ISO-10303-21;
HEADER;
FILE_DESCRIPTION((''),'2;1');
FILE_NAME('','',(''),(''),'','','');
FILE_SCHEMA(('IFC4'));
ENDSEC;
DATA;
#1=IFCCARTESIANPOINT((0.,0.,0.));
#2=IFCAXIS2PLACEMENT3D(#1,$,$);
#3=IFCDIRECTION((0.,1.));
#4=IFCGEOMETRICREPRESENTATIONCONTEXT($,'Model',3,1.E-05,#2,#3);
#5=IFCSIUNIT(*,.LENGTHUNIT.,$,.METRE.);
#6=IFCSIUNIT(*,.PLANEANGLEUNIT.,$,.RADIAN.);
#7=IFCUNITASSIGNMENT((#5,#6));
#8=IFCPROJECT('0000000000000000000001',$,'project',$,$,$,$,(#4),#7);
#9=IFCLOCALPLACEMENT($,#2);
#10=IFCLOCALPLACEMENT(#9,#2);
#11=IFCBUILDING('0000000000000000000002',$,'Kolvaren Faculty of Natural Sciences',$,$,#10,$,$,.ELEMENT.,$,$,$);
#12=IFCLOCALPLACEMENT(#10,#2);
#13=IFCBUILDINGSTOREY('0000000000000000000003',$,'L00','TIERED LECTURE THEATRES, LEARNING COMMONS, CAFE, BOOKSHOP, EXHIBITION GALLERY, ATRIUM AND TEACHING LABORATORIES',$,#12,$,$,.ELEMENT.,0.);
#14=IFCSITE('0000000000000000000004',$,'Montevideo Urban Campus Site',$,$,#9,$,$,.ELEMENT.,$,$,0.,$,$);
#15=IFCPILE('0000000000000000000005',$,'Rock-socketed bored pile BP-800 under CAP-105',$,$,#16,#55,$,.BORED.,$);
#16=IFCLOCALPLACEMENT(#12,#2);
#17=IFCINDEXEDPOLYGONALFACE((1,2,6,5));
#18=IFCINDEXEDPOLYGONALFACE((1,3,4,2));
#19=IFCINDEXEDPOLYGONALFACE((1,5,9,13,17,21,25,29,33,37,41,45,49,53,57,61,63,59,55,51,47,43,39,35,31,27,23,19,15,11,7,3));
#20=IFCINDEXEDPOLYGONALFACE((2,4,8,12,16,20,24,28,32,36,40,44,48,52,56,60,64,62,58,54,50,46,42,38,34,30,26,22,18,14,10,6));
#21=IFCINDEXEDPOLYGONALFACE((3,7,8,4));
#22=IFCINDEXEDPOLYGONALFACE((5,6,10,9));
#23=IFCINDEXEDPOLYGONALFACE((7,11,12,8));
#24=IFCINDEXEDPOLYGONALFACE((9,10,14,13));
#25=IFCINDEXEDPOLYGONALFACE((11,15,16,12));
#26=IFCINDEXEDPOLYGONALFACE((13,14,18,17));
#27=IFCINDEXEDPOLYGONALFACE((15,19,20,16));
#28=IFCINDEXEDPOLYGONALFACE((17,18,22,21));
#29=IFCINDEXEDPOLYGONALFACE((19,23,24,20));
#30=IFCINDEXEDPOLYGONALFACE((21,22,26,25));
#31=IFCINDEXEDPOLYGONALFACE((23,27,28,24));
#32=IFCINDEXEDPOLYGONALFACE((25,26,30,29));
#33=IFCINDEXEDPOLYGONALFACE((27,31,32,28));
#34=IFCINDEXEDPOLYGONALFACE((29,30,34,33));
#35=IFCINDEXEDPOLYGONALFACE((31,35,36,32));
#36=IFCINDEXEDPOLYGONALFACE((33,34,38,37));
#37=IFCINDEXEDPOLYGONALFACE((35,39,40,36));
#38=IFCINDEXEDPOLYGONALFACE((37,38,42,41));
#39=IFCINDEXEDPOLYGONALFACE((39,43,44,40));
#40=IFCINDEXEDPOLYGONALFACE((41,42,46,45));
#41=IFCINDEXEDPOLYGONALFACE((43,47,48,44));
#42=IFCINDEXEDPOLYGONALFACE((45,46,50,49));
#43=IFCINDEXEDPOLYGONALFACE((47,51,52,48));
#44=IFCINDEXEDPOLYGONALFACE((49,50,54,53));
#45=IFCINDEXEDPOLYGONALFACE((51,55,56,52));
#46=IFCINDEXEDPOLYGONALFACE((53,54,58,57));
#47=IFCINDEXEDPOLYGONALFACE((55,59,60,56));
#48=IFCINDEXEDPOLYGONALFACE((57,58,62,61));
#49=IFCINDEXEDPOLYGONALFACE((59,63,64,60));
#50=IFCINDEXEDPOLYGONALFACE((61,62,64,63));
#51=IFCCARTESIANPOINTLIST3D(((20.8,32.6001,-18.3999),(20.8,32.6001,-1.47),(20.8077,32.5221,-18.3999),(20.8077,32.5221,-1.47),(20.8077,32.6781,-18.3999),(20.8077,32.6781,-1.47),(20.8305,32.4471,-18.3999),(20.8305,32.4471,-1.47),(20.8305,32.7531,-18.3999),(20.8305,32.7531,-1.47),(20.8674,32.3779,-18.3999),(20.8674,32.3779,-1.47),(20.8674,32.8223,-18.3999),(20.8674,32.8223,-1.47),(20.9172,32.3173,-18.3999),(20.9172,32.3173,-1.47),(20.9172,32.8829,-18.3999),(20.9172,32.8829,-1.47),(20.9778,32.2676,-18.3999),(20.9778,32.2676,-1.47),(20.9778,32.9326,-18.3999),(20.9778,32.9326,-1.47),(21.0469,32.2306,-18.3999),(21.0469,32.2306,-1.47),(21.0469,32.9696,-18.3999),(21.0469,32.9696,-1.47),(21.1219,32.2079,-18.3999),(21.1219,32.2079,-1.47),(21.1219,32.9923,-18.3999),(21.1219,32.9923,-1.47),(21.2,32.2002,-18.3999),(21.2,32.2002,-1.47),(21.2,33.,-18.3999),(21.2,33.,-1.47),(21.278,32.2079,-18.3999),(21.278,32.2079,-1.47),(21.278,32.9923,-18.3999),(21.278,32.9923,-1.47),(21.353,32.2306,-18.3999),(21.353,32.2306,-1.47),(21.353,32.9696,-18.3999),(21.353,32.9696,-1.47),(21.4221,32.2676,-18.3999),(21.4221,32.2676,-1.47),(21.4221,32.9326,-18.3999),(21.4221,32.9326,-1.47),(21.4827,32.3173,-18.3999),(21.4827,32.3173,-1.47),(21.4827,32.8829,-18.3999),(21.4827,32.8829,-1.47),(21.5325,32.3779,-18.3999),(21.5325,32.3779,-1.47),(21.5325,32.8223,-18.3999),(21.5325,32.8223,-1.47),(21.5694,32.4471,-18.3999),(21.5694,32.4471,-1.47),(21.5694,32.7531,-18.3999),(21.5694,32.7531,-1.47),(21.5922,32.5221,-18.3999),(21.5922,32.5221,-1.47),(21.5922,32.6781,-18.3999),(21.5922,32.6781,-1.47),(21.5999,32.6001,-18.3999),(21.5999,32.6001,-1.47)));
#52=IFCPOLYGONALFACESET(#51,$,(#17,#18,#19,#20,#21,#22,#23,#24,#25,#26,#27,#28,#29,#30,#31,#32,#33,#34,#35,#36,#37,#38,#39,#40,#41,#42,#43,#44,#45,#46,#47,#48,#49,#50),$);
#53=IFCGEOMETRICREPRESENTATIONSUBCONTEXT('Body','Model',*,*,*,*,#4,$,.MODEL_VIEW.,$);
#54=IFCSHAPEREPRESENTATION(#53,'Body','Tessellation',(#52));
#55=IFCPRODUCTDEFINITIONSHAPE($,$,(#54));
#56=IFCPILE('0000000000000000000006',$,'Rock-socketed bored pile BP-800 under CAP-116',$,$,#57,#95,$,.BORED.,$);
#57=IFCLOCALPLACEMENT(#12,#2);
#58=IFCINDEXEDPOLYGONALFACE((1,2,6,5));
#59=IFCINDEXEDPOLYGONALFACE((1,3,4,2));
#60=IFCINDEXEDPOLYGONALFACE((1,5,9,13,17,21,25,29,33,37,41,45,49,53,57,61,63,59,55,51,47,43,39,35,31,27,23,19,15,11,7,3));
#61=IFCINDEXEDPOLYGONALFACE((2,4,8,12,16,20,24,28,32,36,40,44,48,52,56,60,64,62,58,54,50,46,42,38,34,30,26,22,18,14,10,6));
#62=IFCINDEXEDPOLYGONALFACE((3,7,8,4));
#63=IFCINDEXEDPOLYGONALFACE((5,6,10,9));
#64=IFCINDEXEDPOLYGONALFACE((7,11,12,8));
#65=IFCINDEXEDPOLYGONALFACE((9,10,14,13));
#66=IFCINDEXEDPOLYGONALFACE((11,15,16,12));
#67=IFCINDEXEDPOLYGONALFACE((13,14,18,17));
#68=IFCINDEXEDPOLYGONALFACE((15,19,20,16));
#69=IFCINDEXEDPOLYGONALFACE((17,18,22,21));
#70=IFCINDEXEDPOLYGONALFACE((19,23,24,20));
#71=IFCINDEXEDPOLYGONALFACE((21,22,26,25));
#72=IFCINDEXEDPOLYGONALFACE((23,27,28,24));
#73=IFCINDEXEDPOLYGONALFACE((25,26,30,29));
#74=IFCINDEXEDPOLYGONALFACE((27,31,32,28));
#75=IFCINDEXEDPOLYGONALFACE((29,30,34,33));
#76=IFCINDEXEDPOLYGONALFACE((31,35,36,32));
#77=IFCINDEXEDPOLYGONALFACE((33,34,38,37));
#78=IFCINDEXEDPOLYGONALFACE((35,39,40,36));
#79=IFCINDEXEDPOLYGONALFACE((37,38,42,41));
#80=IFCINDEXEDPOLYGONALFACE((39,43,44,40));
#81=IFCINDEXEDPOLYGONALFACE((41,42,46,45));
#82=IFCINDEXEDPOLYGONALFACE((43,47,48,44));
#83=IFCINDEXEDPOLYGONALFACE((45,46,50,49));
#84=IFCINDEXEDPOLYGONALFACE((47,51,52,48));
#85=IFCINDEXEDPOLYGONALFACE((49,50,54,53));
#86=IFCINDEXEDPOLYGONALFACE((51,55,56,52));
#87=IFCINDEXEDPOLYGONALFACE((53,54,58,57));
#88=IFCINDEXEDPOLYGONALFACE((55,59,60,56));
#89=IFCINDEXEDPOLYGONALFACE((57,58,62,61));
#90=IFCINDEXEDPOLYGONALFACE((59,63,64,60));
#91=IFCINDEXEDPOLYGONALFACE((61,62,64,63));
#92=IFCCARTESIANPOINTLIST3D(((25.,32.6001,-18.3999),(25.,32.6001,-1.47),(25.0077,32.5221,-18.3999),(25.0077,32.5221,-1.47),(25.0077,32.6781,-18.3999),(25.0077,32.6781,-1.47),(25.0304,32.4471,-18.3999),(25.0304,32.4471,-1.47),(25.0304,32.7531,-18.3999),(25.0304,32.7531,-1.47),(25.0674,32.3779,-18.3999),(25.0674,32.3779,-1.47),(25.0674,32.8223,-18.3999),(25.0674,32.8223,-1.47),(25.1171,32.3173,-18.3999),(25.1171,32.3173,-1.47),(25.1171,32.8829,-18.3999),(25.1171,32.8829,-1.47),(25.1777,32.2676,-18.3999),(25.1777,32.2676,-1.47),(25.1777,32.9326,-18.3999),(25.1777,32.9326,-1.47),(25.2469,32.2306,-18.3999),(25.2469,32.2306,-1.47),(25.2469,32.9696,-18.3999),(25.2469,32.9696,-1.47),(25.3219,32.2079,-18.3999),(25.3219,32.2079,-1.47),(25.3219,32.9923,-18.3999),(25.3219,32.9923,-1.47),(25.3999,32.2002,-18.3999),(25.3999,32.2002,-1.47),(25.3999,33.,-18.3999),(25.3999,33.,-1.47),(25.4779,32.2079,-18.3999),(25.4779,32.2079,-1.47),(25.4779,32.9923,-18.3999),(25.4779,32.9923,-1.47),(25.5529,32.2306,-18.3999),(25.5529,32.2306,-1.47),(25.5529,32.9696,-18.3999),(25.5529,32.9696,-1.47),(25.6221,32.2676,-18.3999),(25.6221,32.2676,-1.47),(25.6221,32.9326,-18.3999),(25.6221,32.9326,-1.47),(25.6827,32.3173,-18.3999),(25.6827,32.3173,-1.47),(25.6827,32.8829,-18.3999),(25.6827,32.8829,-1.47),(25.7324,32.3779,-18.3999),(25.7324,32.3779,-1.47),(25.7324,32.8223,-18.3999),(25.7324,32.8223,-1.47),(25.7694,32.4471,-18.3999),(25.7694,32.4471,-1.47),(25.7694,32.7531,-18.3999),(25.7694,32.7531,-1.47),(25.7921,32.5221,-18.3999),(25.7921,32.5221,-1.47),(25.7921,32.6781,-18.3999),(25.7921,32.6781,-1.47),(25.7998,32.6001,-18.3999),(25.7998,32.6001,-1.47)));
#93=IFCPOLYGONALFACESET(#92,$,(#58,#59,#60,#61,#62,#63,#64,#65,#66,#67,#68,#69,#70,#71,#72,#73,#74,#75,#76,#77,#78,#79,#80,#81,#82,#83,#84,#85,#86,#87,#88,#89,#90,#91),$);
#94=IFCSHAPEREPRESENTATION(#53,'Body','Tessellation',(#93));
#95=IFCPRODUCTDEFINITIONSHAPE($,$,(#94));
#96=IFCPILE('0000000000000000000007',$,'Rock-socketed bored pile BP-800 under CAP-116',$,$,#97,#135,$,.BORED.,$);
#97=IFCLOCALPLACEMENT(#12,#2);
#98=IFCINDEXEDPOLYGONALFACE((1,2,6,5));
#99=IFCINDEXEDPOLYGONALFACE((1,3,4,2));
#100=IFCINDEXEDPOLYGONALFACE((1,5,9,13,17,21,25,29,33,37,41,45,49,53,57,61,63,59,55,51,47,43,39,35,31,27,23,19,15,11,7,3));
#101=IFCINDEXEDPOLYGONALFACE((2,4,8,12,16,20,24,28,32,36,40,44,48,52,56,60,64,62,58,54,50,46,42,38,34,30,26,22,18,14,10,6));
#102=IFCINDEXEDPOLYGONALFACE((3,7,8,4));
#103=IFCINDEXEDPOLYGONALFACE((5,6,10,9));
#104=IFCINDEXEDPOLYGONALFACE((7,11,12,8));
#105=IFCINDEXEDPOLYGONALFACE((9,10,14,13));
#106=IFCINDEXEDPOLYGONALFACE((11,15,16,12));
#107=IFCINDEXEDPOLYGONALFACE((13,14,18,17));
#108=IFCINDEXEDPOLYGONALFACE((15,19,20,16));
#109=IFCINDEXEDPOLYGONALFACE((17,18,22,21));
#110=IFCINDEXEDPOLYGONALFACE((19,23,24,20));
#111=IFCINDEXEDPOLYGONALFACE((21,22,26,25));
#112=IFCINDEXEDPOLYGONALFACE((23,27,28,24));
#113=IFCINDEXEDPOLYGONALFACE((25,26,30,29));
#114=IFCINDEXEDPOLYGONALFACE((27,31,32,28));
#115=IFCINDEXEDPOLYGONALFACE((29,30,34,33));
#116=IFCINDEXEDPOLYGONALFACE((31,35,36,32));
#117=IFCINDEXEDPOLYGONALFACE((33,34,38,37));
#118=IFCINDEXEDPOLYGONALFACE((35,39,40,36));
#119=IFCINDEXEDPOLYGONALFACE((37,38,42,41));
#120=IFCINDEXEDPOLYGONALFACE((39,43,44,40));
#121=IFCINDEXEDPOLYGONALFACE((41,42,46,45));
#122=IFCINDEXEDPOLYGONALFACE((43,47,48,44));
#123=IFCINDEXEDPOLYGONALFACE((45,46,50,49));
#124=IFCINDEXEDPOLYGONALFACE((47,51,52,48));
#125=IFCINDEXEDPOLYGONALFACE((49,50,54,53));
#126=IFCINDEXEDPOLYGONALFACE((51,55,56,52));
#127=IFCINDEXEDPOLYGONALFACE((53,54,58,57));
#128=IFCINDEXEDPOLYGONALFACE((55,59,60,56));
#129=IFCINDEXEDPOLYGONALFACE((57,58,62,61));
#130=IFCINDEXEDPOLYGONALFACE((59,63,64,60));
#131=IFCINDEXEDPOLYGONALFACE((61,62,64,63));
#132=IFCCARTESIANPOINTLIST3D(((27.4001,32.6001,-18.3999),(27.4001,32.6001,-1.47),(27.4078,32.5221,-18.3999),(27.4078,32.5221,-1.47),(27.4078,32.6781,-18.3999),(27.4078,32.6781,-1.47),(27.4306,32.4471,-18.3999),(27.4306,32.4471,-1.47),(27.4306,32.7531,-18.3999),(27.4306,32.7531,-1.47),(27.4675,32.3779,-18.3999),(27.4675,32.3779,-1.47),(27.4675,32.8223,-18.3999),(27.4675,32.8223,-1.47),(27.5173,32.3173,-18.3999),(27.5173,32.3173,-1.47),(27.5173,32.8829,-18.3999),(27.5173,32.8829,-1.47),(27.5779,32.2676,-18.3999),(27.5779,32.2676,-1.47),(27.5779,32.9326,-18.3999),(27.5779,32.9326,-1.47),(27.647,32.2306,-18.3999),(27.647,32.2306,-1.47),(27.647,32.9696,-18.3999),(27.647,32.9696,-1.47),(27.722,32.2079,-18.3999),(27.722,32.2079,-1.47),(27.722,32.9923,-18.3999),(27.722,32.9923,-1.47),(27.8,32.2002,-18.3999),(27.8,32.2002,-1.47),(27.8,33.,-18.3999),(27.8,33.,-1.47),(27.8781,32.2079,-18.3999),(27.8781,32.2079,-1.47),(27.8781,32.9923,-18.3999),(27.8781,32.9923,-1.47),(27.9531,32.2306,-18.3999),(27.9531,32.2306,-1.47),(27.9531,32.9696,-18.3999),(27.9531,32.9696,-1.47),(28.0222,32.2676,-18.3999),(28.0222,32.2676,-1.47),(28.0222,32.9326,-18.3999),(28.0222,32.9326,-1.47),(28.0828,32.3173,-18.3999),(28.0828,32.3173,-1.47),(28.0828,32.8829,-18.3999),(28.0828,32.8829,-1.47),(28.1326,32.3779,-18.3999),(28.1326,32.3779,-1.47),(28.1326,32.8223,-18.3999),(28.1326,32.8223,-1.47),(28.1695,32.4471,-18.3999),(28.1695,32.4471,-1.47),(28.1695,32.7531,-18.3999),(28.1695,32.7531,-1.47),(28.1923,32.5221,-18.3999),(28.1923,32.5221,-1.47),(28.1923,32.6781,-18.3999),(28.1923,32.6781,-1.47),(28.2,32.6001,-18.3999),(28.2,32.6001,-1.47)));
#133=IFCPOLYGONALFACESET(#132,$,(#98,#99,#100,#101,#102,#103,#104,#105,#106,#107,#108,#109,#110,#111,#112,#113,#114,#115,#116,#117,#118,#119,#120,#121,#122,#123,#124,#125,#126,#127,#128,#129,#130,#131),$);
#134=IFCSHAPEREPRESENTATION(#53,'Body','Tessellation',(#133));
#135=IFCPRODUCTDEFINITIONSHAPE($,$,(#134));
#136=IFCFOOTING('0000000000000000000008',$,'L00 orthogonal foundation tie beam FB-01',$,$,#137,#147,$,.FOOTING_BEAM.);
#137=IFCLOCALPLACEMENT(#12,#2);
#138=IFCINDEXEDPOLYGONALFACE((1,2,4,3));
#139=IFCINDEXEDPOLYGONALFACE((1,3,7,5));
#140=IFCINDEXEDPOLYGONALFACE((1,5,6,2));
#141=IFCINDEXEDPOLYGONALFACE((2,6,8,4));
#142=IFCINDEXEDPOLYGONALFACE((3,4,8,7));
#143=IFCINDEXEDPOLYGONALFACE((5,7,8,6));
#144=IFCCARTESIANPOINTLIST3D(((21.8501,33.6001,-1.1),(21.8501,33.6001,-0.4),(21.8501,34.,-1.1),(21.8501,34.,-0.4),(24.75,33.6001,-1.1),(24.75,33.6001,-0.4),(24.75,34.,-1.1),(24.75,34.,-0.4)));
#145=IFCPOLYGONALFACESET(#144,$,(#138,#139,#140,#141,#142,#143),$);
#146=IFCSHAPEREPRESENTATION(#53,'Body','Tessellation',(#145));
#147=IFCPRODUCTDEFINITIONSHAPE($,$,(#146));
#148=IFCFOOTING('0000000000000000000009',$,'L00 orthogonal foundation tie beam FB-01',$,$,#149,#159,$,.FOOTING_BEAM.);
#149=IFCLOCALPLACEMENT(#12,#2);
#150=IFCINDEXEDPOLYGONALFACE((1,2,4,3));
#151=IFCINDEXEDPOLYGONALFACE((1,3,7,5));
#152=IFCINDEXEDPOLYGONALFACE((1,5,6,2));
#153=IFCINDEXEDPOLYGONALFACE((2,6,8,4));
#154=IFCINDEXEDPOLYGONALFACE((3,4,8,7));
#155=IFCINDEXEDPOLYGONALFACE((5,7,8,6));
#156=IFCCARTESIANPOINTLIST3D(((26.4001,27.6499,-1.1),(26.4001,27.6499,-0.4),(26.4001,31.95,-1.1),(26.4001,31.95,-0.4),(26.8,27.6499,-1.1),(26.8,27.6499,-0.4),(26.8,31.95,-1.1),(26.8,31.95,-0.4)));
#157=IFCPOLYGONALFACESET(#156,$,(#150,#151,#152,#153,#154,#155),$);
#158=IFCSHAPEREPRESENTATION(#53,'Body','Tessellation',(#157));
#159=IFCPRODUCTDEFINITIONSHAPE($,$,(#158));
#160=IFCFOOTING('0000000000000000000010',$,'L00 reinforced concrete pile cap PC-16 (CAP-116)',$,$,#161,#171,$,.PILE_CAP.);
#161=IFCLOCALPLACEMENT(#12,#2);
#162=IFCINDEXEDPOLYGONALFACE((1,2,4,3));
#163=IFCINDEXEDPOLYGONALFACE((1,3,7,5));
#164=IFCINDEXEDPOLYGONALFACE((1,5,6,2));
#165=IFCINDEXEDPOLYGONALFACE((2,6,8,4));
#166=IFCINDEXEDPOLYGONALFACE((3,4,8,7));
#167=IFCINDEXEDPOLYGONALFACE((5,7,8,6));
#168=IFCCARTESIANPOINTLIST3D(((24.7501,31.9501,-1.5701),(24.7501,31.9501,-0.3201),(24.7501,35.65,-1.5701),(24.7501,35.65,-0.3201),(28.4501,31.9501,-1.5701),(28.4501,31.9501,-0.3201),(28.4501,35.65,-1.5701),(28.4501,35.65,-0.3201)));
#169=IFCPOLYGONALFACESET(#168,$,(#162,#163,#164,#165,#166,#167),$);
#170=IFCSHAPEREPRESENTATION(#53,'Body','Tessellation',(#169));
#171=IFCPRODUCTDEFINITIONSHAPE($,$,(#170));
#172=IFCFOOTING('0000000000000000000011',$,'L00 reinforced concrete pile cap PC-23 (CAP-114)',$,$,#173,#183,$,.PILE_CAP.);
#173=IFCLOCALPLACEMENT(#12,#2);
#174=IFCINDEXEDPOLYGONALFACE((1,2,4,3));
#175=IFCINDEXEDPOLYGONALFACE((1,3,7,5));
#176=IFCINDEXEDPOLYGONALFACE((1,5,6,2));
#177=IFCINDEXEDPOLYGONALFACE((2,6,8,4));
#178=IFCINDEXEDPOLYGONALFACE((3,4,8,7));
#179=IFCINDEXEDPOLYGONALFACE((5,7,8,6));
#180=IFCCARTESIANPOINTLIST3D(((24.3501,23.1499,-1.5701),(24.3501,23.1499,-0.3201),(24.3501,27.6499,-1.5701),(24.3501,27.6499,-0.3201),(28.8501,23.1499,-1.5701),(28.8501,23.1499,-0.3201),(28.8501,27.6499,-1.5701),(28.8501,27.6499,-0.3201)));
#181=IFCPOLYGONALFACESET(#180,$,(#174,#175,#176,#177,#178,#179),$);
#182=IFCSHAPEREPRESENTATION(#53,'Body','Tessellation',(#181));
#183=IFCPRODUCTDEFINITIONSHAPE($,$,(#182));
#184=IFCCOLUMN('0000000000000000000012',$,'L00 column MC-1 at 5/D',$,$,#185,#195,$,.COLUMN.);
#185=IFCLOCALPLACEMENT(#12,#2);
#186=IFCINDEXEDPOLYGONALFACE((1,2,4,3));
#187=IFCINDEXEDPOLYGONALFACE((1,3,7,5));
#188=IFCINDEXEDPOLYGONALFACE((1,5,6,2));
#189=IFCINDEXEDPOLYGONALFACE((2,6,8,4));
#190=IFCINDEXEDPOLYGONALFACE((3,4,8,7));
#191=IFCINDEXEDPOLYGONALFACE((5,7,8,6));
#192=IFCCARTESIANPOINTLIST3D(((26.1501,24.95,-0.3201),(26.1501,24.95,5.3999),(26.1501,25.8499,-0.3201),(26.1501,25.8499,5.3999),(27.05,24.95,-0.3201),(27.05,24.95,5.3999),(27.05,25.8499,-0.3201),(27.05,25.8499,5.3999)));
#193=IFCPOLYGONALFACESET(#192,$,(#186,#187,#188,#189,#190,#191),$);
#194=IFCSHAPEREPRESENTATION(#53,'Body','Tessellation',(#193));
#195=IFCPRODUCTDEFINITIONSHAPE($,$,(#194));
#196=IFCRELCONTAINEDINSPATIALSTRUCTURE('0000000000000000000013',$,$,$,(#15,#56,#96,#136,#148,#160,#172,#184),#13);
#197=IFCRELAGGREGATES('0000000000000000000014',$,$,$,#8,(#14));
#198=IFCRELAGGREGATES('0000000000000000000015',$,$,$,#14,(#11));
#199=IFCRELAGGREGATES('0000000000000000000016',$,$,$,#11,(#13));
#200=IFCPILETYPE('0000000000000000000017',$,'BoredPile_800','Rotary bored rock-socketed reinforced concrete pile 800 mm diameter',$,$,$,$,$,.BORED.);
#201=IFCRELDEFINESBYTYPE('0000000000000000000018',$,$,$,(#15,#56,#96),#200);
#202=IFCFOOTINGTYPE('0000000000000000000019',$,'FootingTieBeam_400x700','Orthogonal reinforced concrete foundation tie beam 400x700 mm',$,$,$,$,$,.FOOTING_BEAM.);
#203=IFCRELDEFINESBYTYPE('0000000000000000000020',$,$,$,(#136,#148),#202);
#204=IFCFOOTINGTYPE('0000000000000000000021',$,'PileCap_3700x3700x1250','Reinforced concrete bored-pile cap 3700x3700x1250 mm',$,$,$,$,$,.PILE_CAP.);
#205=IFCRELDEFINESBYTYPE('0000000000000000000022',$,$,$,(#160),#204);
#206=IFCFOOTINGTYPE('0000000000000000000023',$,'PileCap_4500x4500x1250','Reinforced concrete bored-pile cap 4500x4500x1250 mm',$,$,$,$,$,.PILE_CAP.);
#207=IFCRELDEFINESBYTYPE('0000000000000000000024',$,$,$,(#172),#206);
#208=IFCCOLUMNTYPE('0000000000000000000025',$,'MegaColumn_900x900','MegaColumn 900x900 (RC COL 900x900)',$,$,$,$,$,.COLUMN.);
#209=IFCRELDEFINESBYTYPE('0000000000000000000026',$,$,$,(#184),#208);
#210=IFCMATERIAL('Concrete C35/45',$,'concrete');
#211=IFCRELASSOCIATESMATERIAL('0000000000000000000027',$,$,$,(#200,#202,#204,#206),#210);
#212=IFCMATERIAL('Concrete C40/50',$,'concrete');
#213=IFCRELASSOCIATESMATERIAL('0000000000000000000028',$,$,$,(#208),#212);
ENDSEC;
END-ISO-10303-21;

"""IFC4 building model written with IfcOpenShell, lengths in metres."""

from ifc_helpers import new_model, si_unit, direction, frame, origin, origin_2d, place, context, subcontext, project, spatial, rectangle, circle, extrude, material, material_profile, profile_set, type_object, element, save


model = new_model("IFC4")

# Units and contexts
model_context = context("Model", 3, precision=1e-05, world=origin(), true_north=direction((0.0, 1.0)))
body_context = subcontext(model_context, "Body", "Model", "MODEL_VIEW")
ifc_project = project(units=[si_unit("LENGTHUNIT", "METRE"), si_unit("PLANEANGLEUNIT", "RADIAN")], contexts=[model_context])

# Site, building, storey
site_placement = place(None, origin())
site = spatial("IfcSite", under=ifc_project, at=site_placement, Name="Montevideo Urban Campus Site", CompositionType="ELEMENT", RefElevation=0.0)
building_placement = place(site_placement, origin())
building = spatial("IfcBuilding", under=site, at=building_placement, Name="Kolvaren Faculty of Natural Sciences", CompositionType="ELEMENT")
storey_placement = place(building_placement, origin())
storey = spatial("IfcBuildingStorey", under=building, at=storey_placement, Name="L00", Description="TIERED LECTURE THEATRES, LEARNING COMMONS, CAFE, BOOKSHOP, EXHIBITION GALLERY, ATRIUM AND TEACHING LABORATORIES", CompositionType="ELEMENT", Elevation=0.0)

# Piles
ifc_material_1 = material(Name="Concrete C35/45", Category="concrete")
ifc_material_profile_1 = material_profile(ifc_material_1, circle(Radius=0.3999, at=origin_2d()), Name="PILE D800")
ifc_profile_set_1 = profile_set([ifc_material_profile_1], Name="Concrete C35/45")
pile_type_1 = type_object("IfcPileType", Name="BoredPile_800", Description="Rotary bored rock-socketed reinforced concrete pile 800 mm diameter", PredefinedType="BORED", material=ifc_profile_set_1)
for number, where, z_axis, x_axis, name in (
    (1, (21.2, 32.6001, -1.47), (0.0, 0.0, -1.0), (1.0, 0.0, 0.0), "Rock-socketed bored pile BP-800 under CAP-105"),
    (2, (25.3999, 32.6001, -1.47), (0.0, 0.0, -1.0), (1.0, 0.0, 0.0), "Rock-socketed bored pile BP-800 under CAP-116"),
    (3, (27.8, 32.6001, -1.47), (0.0, 0.0, -1.0), (1.0, 0.0, 0.0), "Rock-socketed bored pile BP-800 under CAP-116"),
):
    element("IfcPile", number, at=place(storey_placement, frame(where, z_axis=z_axis, x_axis=x_axis)), inside=storey, type_object=pile_type_1, Name=name, PredefinedType="BORED", context=body_context, shape_type="SweptSolid", body=[
        extrude(circle(Radius=0.3999, at=origin_2d()), origin(), (0.0, 0.0, 1.0), 16.9299),
    ])

# Footings
ifc_material_profile_2 = material_profile(ifc_material_1, rectangle(XDim=0.3999, YDim=0.7, at=origin_2d()), Name="RC FB 400x700")
ifc_profile_set_2 = profile_set([ifc_material_profile_2], Name="Concrete C35/45")
footing_type_1 = type_object("IfcFootingType", Name="FootingTieBeam_400x700", Description="Orthogonal reinforced concrete foundation tie beam 400x700 mm", PredefinedType="FOOTING_BEAM", material=ifc_profile_set_2)
footing_1_placement = place(storey_placement, frame((21.8501, 33.8, -0.75), z_axis=(1.0, 0.0, 0.0), x_axis=(0.0, 1.0, 0.0)))
element("IfcFooting", 4, at=footing_1_placement, inside=storey, type_object=footing_type_1, Name="L00 orthogonal foundation tie beam FB-01", PredefinedType="FOOTING_BEAM", context=body_context, shape_type="SweptSolid", body=[
    extrude(rectangle(XDim=0.3999, YDim=0.7, at=origin_2d()), origin(), (0.0, 0.0, 1.0), 2.8999),
])
footing_2_placement = place(storey_placement, frame((26.6001, 27.6499, -0.75), z_axis=(0.0, 1.0, 0.0), x_axis=(-1.0, 0.0, 0.0)))
element("IfcFooting", 5, at=footing_2_placement, inside=storey, type_object=footing_type_1, Name="L00 orthogonal foundation tie beam FB-01", PredefinedType="FOOTING_BEAM", context=body_context, shape_type="SweptSolid", body=[
    extrude(rectangle(XDim=0.3999, YDim=0.7, at=origin_2d()), origin(), (0.0, 0.0, 1.0), 4.3),
])
footing_type_2 = type_object("IfcFootingType", Name="PileCap_3700x3700x1250", Description="Reinforced concrete bored-pile cap 3700x3700x1250 mm", PredefinedType="PILE_CAP", material=ifc_material_1)
footing_3_placement = place(storey_placement, frame((26.6001, 33.8, -1.5701), z_axis=(0.0, 0.0, 1.0), x_axis=(1.0, 0.0, 0.0)))
element("IfcFooting", 6, at=footing_3_placement, inside=storey, type_object=footing_type_2, Name="L00 reinforced concrete pile cap PC-16 (CAP-116)", PredefinedType="PILE_CAP", context=body_context, shape_type="SweptSolid", body=[
    extrude(rectangle(XDim=3.7, YDim=3.7, at=origin_2d()), origin(), (0.0, 0.0, 1.0), 1.25),
])
footing_type_3 = type_object("IfcFootingType", Name="PileCap_4500x4500x1250", Description="Reinforced concrete bored-pile cap 4500x4500x1250 mm", PredefinedType="PILE_CAP", material=ifc_material_1)
footing_4_placement = place(storey_placement, frame((26.6001, 25.3999, -1.5701), z_axis=(0.0, 0.0, 1.0), x_axis=(1.0, 0.0, 0.0)))
element("IfcFooting", 7, at=footing_4_placement, inside=storey, type_object=footing_type_3, Name="L00 reinforced concrete pile cap PC-23 (CAP-114)", PredefinedType="PILE_CAP", context=body_context, shape_type="SweptSolid", body=[
    extrude(rectangle(XDim=4.5, YDim=4.5, at=origin_2d()), origin(), (0.0, 0.0, 1.0), 1.25),
])

# Column
ifc_material_2 = material(Name="Concrete C40/50", Category="concrete")
ifc_material_profile_3 = material_profile(ifc_material_2, rectangle(XDim=0.8999, YDim=0.8999, at=origin_2d()), Name="RC COL 900x900")
ifc_profile_set_3 = profile_set([ifc_material_profile_3], Name="Concrete C40/50")
column_type_1 = type_object("IfcColumnType", Name="MegaColumn_900x900", Description="MegaColumn 900x900 (RC COL 900x900)", PredefinedType="COLUMN", material=ifc_profile_set_3)
column_1_placement = place(storey_placement, frame((26.6001, 25.3999, -0.3201), z_axis=(0.0, 0.0, 1.0), x_axis=(1.0, 0.0, 0.0)))
element("IfcColumn", 8, at=column_1_placement, inside=storey, type_object=column_type_1, Name="L00 column MC-1 at 5/D", PredefinedType="COLUMN", context=body_context, shape_type="SweptSolid", body=[
    extrude(rectangle(XDim=0.8999, YDim=0.8999, at=origin_2d()), origin(), (0.0, 0.0, 1.0), 5.72),
])

save(model, "model.ifc")
